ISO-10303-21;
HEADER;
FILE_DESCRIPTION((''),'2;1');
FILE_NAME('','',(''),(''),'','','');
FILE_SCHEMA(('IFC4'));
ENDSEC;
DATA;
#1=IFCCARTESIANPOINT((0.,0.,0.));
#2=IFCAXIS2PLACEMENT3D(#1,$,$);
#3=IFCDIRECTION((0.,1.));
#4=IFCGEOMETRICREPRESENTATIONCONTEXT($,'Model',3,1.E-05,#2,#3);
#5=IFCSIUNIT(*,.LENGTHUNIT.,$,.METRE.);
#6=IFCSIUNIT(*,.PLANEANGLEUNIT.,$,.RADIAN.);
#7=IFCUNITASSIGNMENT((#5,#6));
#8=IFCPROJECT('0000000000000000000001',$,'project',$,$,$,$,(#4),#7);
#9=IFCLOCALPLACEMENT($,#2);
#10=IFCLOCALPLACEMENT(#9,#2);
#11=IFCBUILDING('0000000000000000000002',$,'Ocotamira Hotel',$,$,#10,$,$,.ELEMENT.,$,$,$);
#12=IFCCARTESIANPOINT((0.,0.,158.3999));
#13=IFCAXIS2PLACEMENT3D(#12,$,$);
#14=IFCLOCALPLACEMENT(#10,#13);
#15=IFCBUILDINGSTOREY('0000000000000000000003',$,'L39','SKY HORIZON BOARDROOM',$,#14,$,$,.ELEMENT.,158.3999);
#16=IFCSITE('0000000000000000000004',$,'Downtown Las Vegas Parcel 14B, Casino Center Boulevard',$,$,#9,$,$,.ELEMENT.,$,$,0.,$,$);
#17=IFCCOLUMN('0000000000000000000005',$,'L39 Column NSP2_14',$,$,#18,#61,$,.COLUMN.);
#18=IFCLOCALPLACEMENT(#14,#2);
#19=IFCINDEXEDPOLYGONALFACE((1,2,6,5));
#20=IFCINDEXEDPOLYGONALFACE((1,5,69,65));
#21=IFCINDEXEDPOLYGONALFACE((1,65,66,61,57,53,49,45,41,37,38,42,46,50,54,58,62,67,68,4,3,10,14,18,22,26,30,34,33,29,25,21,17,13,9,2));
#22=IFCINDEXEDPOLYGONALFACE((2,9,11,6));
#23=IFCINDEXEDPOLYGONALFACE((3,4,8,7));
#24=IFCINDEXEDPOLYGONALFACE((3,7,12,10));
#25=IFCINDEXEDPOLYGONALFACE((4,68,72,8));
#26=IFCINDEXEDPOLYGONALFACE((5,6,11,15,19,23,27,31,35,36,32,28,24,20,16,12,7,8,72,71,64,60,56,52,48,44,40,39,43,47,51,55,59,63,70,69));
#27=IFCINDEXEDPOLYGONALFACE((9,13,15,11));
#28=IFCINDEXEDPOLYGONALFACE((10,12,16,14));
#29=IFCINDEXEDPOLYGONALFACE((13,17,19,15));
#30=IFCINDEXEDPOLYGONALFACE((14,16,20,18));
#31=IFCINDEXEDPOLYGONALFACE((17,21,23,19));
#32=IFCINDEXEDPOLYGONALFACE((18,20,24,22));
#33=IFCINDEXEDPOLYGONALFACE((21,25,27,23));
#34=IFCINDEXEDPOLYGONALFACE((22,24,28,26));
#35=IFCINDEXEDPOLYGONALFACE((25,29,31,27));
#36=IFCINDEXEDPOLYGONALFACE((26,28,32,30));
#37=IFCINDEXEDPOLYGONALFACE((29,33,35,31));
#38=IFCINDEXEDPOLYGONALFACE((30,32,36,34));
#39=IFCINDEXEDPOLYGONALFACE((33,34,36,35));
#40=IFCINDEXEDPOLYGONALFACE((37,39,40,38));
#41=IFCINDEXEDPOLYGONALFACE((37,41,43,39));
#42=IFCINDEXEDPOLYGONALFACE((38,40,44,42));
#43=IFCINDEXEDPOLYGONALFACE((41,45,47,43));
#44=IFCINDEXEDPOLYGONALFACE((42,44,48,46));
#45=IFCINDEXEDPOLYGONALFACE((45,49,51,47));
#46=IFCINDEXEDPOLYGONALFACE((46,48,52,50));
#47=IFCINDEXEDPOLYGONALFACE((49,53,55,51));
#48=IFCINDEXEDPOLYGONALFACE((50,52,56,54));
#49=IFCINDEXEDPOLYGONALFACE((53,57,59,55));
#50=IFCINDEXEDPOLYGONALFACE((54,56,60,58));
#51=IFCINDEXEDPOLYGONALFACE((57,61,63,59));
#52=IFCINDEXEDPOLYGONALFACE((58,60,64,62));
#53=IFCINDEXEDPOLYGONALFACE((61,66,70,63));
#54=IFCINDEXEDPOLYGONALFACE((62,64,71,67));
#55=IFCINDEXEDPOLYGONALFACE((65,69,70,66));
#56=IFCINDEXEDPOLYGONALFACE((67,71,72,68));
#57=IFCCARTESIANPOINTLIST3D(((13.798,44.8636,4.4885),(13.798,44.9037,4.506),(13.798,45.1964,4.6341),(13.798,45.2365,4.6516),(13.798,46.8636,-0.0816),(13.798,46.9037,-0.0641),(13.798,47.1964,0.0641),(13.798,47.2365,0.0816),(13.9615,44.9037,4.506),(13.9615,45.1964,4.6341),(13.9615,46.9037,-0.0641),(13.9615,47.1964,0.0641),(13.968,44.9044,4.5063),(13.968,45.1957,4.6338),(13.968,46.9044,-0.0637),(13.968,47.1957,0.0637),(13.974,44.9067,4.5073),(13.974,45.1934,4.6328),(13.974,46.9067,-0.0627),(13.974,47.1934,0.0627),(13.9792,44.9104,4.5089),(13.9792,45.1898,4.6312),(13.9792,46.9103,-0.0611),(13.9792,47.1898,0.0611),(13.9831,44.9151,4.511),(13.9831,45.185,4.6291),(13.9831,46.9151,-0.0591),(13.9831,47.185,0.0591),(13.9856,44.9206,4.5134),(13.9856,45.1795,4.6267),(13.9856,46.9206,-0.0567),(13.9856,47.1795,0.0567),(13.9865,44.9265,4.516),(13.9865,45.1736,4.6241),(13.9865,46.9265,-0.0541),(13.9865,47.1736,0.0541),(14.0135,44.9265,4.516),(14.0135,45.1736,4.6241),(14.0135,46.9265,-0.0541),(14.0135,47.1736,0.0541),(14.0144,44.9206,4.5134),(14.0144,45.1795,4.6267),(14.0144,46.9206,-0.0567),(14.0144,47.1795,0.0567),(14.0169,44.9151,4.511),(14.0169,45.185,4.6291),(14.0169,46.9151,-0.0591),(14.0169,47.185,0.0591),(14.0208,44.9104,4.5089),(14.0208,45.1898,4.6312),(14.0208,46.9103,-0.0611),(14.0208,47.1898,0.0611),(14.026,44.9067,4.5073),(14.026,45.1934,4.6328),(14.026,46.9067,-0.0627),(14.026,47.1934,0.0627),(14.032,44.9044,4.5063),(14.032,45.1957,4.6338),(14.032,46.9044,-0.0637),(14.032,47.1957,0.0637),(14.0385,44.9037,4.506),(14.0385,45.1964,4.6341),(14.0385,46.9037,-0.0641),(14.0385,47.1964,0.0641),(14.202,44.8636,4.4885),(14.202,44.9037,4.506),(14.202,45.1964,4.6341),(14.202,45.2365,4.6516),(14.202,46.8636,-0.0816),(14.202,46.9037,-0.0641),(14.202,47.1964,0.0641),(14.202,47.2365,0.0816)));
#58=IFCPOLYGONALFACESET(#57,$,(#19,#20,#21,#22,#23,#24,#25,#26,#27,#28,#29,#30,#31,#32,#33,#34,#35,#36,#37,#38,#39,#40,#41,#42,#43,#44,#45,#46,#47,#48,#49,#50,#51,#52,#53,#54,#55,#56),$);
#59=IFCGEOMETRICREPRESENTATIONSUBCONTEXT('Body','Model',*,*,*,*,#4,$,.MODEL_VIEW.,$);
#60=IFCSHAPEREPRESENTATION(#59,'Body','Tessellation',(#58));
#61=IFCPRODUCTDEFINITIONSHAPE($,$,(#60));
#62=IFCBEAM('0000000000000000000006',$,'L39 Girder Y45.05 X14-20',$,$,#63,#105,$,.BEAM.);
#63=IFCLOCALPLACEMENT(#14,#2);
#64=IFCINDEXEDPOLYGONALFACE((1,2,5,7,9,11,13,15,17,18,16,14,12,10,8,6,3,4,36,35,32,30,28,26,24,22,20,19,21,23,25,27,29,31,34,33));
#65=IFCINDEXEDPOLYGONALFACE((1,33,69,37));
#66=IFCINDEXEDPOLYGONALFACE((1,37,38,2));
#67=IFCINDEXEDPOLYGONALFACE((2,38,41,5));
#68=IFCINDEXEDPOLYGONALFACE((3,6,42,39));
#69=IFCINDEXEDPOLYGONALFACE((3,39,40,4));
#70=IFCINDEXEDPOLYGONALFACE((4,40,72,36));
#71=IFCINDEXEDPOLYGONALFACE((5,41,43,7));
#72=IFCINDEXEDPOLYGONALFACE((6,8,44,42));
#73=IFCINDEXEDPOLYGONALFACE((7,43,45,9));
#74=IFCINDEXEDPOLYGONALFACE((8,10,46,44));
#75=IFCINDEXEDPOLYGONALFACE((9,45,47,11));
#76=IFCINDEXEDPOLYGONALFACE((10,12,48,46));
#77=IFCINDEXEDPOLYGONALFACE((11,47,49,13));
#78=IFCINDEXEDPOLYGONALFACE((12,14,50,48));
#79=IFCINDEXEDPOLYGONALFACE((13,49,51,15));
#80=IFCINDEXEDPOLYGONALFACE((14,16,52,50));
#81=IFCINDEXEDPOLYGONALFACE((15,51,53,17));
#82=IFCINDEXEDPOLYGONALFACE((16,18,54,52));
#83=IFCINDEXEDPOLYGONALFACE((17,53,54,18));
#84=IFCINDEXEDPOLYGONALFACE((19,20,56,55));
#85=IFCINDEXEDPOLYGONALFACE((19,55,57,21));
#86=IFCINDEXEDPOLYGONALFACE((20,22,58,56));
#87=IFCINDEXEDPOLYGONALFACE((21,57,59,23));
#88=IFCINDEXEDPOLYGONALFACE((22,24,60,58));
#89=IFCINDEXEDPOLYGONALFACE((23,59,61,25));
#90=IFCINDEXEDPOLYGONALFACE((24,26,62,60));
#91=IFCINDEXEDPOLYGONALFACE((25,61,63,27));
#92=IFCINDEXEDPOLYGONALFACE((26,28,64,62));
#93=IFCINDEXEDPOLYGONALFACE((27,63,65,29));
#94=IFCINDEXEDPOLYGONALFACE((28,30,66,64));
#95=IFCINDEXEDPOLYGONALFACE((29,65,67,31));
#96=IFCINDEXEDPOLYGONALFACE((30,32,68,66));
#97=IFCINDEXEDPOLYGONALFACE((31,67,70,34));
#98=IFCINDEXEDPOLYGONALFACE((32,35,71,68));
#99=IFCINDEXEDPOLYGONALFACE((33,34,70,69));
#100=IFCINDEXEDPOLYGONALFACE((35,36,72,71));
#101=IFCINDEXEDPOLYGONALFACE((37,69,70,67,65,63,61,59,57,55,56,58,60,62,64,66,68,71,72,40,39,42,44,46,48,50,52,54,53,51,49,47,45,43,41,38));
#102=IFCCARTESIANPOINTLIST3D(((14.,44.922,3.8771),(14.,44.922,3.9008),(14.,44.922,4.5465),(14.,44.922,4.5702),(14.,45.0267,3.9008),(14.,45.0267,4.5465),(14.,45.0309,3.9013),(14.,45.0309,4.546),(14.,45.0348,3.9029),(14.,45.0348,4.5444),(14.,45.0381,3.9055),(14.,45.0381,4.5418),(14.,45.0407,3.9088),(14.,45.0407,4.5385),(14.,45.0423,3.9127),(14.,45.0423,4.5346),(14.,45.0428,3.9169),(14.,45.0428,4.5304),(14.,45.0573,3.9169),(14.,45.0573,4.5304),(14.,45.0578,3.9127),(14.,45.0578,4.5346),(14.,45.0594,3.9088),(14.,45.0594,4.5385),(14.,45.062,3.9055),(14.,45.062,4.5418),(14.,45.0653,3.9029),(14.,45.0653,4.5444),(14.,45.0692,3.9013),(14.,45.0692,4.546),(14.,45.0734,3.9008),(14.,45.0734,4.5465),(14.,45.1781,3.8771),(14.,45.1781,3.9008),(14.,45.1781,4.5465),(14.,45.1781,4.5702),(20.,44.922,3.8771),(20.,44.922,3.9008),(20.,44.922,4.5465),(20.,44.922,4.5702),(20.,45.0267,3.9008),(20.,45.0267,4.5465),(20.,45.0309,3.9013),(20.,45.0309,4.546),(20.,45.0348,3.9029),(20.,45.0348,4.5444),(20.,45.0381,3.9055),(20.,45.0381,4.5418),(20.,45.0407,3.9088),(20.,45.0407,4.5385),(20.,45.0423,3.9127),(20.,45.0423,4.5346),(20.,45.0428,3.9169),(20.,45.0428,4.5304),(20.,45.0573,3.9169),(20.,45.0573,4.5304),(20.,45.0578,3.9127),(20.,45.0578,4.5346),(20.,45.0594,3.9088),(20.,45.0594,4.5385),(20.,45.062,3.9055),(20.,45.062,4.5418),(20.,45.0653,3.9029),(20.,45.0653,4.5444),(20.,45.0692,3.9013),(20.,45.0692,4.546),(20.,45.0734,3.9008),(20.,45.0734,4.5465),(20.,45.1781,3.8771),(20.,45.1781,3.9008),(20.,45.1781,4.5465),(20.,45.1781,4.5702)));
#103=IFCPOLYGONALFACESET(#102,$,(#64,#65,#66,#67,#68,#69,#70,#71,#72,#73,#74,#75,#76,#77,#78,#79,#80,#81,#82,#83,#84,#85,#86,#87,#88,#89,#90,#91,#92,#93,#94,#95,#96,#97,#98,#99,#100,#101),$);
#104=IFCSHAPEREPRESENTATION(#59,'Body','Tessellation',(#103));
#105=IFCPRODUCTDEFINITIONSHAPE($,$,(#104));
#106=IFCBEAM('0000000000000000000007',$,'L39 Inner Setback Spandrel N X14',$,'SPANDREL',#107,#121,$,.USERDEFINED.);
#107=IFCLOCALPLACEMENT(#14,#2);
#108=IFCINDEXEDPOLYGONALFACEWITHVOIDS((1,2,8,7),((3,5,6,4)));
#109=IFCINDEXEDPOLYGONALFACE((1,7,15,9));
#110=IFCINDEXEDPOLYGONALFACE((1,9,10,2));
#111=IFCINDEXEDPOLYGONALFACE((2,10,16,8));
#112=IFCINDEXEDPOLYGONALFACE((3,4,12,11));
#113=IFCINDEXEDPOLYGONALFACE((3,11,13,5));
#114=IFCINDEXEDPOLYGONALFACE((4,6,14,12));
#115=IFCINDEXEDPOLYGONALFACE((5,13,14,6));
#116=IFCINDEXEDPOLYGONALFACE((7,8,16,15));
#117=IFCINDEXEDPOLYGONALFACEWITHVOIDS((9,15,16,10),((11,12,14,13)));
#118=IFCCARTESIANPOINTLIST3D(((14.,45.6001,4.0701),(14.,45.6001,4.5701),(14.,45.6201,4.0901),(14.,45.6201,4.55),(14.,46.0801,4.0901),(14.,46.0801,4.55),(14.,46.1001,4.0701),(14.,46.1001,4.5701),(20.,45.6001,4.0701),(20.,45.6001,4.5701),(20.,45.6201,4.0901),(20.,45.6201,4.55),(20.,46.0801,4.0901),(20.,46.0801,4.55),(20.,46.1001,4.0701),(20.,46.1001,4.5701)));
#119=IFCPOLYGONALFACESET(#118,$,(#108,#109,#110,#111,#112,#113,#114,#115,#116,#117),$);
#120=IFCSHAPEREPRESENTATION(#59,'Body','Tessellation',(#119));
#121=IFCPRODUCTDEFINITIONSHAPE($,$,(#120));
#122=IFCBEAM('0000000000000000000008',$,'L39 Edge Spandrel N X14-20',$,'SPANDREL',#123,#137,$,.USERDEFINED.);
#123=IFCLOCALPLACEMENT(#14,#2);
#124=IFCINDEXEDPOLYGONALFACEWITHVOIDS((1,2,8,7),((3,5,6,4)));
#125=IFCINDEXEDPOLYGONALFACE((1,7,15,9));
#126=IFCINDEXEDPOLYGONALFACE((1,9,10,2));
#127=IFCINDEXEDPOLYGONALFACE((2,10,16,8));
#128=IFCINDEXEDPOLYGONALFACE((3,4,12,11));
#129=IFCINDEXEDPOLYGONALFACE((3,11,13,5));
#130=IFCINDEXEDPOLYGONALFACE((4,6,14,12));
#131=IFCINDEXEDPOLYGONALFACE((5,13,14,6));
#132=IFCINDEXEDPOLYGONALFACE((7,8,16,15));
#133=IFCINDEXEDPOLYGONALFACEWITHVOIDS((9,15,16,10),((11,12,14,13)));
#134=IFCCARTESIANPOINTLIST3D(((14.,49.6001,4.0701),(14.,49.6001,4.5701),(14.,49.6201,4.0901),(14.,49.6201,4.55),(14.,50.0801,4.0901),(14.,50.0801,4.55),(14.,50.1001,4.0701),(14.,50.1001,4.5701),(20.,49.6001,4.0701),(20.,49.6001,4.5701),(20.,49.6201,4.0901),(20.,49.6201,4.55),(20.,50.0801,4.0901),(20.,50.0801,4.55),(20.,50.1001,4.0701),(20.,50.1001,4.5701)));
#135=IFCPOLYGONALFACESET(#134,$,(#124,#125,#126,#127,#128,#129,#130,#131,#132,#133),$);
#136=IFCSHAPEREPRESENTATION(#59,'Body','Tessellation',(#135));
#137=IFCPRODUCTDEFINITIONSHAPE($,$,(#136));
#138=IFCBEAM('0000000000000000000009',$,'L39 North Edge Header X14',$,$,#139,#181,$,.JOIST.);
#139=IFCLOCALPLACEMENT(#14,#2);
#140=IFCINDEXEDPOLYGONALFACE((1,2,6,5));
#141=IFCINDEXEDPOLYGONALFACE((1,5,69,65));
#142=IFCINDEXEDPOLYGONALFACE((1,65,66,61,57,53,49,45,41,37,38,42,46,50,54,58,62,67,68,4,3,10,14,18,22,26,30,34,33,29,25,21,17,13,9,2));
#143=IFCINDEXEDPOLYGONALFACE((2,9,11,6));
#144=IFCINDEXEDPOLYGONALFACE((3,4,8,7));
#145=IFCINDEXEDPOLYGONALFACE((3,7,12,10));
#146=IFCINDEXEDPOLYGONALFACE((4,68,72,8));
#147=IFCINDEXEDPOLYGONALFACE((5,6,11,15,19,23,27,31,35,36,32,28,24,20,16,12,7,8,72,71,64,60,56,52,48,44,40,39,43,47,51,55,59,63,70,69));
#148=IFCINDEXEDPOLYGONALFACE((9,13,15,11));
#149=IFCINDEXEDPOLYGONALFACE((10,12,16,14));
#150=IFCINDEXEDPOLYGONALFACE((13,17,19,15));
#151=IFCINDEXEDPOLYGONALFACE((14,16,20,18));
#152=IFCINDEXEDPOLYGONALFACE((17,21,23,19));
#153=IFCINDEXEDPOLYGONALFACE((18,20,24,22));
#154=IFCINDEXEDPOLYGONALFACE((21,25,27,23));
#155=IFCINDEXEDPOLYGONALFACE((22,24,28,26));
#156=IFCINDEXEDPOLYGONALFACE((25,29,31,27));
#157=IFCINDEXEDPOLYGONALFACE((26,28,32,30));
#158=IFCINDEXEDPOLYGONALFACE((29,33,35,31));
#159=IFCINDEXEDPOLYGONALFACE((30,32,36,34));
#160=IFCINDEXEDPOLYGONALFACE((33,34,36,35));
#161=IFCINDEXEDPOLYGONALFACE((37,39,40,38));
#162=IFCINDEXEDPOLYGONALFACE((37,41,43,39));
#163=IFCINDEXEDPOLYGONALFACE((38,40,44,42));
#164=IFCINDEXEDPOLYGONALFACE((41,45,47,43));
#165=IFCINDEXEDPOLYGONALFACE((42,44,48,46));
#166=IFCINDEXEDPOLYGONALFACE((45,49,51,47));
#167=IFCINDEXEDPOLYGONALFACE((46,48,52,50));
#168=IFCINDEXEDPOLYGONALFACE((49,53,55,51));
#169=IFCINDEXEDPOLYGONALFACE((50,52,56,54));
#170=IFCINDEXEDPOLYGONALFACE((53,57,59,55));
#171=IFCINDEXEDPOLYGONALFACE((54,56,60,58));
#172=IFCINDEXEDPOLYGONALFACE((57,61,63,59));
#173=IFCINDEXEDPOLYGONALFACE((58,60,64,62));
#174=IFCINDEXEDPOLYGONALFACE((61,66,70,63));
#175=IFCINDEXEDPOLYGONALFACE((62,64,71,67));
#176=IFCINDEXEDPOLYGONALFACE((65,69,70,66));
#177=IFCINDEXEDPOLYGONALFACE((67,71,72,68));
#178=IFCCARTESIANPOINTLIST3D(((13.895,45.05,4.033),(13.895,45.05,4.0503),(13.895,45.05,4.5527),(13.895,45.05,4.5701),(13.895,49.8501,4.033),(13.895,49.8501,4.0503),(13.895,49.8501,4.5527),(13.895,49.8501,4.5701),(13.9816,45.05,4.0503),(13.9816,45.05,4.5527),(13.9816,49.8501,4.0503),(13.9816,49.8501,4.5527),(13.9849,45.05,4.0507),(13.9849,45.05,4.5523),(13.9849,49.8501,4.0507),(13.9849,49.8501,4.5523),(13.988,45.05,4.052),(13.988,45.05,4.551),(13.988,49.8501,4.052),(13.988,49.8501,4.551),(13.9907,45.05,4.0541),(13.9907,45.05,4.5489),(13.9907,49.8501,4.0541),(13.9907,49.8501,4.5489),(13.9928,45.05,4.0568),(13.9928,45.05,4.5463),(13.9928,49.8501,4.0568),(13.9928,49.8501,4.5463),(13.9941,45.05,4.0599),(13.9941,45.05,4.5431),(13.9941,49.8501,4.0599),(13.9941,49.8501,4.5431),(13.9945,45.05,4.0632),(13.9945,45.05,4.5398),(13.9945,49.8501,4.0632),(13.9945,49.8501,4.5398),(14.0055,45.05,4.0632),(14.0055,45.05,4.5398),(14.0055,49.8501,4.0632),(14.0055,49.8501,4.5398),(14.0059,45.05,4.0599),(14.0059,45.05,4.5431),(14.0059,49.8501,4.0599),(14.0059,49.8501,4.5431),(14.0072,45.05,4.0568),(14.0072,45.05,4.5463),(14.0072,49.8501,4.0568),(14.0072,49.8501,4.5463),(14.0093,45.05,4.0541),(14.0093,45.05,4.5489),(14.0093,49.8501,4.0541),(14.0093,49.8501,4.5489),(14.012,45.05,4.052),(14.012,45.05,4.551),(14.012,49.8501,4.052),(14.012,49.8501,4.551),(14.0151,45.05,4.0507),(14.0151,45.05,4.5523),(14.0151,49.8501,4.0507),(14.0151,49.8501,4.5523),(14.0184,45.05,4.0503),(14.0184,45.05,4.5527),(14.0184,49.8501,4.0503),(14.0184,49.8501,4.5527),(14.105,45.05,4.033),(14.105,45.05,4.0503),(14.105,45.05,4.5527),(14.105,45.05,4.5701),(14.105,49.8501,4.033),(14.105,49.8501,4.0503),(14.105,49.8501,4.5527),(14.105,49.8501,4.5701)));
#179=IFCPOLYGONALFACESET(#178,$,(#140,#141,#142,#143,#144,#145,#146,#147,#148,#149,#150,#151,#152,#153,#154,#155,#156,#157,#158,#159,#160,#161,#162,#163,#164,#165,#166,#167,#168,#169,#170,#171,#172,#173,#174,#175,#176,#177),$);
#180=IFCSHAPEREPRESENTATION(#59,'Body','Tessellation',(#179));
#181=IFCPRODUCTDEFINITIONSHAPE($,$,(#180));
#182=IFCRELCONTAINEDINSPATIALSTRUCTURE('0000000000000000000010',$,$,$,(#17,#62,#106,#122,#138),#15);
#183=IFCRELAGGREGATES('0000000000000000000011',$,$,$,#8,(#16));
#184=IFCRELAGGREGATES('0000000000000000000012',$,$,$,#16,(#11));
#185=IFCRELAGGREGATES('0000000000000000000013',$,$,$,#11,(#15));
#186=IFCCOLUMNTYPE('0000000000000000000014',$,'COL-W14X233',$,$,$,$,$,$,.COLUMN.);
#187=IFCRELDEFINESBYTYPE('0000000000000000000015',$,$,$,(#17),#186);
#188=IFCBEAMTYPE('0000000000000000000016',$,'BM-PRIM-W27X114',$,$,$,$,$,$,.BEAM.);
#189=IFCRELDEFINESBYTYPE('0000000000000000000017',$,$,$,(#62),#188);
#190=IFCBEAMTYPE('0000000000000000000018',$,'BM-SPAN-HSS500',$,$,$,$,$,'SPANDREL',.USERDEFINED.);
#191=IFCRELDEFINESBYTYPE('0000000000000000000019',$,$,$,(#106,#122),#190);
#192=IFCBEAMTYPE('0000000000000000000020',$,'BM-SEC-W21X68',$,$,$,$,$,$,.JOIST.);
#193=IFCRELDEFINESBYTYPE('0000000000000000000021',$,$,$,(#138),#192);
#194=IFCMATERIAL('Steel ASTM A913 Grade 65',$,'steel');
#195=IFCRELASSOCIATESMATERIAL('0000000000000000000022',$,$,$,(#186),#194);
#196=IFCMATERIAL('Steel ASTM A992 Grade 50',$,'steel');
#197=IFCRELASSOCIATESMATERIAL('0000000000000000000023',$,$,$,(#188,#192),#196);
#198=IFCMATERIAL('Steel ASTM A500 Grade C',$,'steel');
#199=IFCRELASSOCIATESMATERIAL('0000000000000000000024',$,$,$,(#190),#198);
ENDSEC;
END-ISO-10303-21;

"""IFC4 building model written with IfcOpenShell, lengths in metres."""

from ifc_helpers import new_model, si_unit, direction, frame, origin, origin_2d, place, context, subcontext, project, spatial, hollow_rectangle, i_section, extrude, source, transform, mapped, material, material_profile, profile_set, type_object, element, save


model = new_model("IFC4")

# Units and contexts
model_context = context("Model", 3, precision=1e-05, world=origin(), true_north=direction((0.0, 1.0)))
body_context = subcontext(model_context, "Body", "Model", "MODEL_VIEW")
ifc_project = project(units=[si_unit("LENGTHUNIT", "METRE"), si_unit("PLANEANGLEUNIT", "RADIAN")], contexts=[model_context])

# Site, building, storey
site_placement = place(None, origin())
site = spatial("IfcSite", under=ifc_project, at=site_placement, Name="Downtown Las Vegas Parcel 14B, Casino Center Boulevard", CompositionType="ELEMENT", RefElevation=0.0)
building_placement = place(site_placement, origin())
building = spatial("IfcBuilding", under=site, at=building_placement, Name="Ocotamira Hotel", CompositionType="ELEMENT")
storey_placement = place(building_placement, frame((0.0, 0.0, 158.3999)))
storey = spatial("IfcBuildingStorey", under=building, at=storey_placement, Name="L39", Description="SKY HORIZON BOARDROOM", CompositionType="ELEMENT", Elevation=158.3999)

# Column
ifc_material_1 = material(Name="Steel ASTM A913 Grade 65", Category="steel")
ifc_material_profile_1 = material_profile(ifc_material_1, i_section(OverallWidth=0.4041, OverallDepth=0.407, WebThickness=0.0271, FlangeThickness=0.0437, FilletRadius=0.0249, at=origin_2d()), Name="W14X233")
ifc_profile_set_1 = profile_set([ifc_material_profile_1], Name="Steel ASTM A913 Grade 65")
column_type = type_object("IfcColumnType", Name="COL-W14X233", PredefinedType="COLUMN", material=ifc_profile_set_1)
shared_shape_1 = source(origin(), body_context, "Body", "SweptSolid", [
    extrude(i_section(OverallWidth=0.4041, OverallDepth=0.407, WebThickness=0.0271, FlangeThickness=0.0437, FilletRadius=0.0249, at=origin_2d()), origin(), (0.0, 0.0, 1.0), 4.9885),
])
column_placement = place(storey_placement, frame((14.0, 47.05, 0.0), z_axis=(0.0, -0.400919, 0.916114), x_axis=(1.0, 0.0, 0.0)))
element("IfcColumn", 1, at=column_placement, inside=storey, type_object=column_type, Name="L39 Column NSP2_14", PredefinedType="COLUMN", context=body_context, shape_type="MappedRepresentation", body=[
    mapped(shared_shape_1, transform((0.0, 0.0, 0.0), scale=1.0)),
])

# Beams
ifc_material_2 = material(Name="Steel ASTM A992 Grade 50", Category="steel")
ifc_material_profile_2 = material_profile(ifc_material_2, i_section(OverallWidth=0.2561, OverallDepth=0.6931, WebThickness=0.0144, FlangeThickness=0.0237, FilletRadius=0.0161, at=origin_2d()), Name="W27X114")
ifc_profile_set_2 = profile_set([ifc_material_profile_2], Name="Steel ASTM A992 Grade 50")
beam_type_1 = type_object("IfcBeamType", Name="BM-PRIM-W27X114", PredefinedType="BEAM", material=ifc_profile_set_2)
shared_shape_2 = source(origin(), body_context, "Body", "SweptSolid", [
    extrude(i_section(OverallWidth=0.2561, OverallDepth=0.6931, WebThickness=0.0144, FlangeThickness=0.0237, FilletRadius=0.0161, at=origin_2d()), origin(), (0.0, 0.0, 1.0), 6.0),
])
beam_1_placement = place(storey_placement, frame((14.0, 45.05, 4.2236), z_axis=(1.0, 0.0, 0.0), x_axis=(0.0, 1.0, 0.0)))
element("IfcBeam", 2, at=beam_1_placement, inside=storey, type_object=beam_type_1, Name="L39 Girder Y45.05 X14-20", PredefinedType="BEAM", context=body_context, shape_type="MappedRepresentation", body=[
    mapped(shared_shape_2, transform((0.0, 0.0, 0.0), scale=1.0)),
])
ifc_material_3 = material(Name="Steel ASTM A500 Grade C", Category="steel")
ifc_material_profile_3 = material_profile(ifc_material_3, hollow_rectangle(XDim=0.5, YDim=0.5, WallThickness=0.02, at=origin_2d()), Name="HSS500X500X20")
ifc_profile_set_3 = profile_set([ifc_material_profile_3], Name="Steel ASTM A500 Grade C")
beam_type_2 = type_object("IfcBeamType", Name="BM-SPAN-HSS500", ElementType="SPANDREL", PredefinedType="USERDEFINED", material=ifc_profile_set_3)
shared_shape_3 = source(origin(), body_context, "Body", "SweptSolid", [
    extrude(hollow_rectangle(XDim=0.5, YDim=0.5, WallThickness=0.02, at=origin_2d()), origin(), (0.0, 0.0, 1.0), 6.0),
])
for number, where, z_axis, x_axis, name in (
    (3, (14.0, 45.8501, 4.3201), (1.0, 0.0, 0.0), (0.0, 1.0, 0.0), "L39 Inner Setback Spandrel N X14"),
    (4, (14.0, 49.8501, 4.3201), (1.0, 0.0, 0.0), (0.0, 1.0, 0.0), "L39 Edge Spandrel N X14-20"),
):
    element("IfcBeam", number, at=place(storey_placement, frame(where, z_axis=z_axis, x_axis=x_axis)), inside=storey, type_object=beam_type_2, Name=name, ObjectType="SPANDREL", PredefinedType="USERDEFINED", context=body_context, shape_type="MappedRepresentation", body=[
        mapped(shared_shape_3, transform((0.0, 0.0, 0.0), scale=1.0)),
    ])
ifc_material_profile_4 = material_profile(ifc_material_2, i_section(OverallWidth=0.21, OverallDepth=0.5371, WebThickness=0.011, FlangeThickness=0.0173, FilletRadius=0.0129, at=origin_2d()), Name="W21X68")
ifc_profile_set_4 = profile_set([ifc_material_profile_4], Name="Steel ASTM A992 Grade 50")
beam_type_3 = type_object("IfcBeamType", Name="BM-SEC-W21X68", PredefinedType="JOIST", material=ifc_profile_set_4)
shared_shape_4 = source(origin(), body_context, "Body", "SweptSolid", [
    extrude(i_section(OverallWidth=0.21, OverallDepth=0.5371, WebThickness=0.011, FlangeThickness=0.0173, FilletRadius=0.0129, at=origin_2d()), origin(), (0.0, 0.0, 1.0), 4.8),
])
beam_2_placement = place(storey_placement, frame((14.0, 45.05, 4.3015), z_axis=(0.0, 1.0, 0.0), x_axis=(-1.0, 0.0, 0.0)))
element("IfcBeam", 5, at=beam_2_placement, inside=storey, type_object=beam_type_3, Name="L39 North Edge Header X14", PredefinedType="JOIST", context=body_context, shape_type="MappedRepresentation", body=[
    mapped(shared_shape_4, transform((0.0, 0.0, 0.0), scale=1.0)),
])

save(model, "model.ifc")
